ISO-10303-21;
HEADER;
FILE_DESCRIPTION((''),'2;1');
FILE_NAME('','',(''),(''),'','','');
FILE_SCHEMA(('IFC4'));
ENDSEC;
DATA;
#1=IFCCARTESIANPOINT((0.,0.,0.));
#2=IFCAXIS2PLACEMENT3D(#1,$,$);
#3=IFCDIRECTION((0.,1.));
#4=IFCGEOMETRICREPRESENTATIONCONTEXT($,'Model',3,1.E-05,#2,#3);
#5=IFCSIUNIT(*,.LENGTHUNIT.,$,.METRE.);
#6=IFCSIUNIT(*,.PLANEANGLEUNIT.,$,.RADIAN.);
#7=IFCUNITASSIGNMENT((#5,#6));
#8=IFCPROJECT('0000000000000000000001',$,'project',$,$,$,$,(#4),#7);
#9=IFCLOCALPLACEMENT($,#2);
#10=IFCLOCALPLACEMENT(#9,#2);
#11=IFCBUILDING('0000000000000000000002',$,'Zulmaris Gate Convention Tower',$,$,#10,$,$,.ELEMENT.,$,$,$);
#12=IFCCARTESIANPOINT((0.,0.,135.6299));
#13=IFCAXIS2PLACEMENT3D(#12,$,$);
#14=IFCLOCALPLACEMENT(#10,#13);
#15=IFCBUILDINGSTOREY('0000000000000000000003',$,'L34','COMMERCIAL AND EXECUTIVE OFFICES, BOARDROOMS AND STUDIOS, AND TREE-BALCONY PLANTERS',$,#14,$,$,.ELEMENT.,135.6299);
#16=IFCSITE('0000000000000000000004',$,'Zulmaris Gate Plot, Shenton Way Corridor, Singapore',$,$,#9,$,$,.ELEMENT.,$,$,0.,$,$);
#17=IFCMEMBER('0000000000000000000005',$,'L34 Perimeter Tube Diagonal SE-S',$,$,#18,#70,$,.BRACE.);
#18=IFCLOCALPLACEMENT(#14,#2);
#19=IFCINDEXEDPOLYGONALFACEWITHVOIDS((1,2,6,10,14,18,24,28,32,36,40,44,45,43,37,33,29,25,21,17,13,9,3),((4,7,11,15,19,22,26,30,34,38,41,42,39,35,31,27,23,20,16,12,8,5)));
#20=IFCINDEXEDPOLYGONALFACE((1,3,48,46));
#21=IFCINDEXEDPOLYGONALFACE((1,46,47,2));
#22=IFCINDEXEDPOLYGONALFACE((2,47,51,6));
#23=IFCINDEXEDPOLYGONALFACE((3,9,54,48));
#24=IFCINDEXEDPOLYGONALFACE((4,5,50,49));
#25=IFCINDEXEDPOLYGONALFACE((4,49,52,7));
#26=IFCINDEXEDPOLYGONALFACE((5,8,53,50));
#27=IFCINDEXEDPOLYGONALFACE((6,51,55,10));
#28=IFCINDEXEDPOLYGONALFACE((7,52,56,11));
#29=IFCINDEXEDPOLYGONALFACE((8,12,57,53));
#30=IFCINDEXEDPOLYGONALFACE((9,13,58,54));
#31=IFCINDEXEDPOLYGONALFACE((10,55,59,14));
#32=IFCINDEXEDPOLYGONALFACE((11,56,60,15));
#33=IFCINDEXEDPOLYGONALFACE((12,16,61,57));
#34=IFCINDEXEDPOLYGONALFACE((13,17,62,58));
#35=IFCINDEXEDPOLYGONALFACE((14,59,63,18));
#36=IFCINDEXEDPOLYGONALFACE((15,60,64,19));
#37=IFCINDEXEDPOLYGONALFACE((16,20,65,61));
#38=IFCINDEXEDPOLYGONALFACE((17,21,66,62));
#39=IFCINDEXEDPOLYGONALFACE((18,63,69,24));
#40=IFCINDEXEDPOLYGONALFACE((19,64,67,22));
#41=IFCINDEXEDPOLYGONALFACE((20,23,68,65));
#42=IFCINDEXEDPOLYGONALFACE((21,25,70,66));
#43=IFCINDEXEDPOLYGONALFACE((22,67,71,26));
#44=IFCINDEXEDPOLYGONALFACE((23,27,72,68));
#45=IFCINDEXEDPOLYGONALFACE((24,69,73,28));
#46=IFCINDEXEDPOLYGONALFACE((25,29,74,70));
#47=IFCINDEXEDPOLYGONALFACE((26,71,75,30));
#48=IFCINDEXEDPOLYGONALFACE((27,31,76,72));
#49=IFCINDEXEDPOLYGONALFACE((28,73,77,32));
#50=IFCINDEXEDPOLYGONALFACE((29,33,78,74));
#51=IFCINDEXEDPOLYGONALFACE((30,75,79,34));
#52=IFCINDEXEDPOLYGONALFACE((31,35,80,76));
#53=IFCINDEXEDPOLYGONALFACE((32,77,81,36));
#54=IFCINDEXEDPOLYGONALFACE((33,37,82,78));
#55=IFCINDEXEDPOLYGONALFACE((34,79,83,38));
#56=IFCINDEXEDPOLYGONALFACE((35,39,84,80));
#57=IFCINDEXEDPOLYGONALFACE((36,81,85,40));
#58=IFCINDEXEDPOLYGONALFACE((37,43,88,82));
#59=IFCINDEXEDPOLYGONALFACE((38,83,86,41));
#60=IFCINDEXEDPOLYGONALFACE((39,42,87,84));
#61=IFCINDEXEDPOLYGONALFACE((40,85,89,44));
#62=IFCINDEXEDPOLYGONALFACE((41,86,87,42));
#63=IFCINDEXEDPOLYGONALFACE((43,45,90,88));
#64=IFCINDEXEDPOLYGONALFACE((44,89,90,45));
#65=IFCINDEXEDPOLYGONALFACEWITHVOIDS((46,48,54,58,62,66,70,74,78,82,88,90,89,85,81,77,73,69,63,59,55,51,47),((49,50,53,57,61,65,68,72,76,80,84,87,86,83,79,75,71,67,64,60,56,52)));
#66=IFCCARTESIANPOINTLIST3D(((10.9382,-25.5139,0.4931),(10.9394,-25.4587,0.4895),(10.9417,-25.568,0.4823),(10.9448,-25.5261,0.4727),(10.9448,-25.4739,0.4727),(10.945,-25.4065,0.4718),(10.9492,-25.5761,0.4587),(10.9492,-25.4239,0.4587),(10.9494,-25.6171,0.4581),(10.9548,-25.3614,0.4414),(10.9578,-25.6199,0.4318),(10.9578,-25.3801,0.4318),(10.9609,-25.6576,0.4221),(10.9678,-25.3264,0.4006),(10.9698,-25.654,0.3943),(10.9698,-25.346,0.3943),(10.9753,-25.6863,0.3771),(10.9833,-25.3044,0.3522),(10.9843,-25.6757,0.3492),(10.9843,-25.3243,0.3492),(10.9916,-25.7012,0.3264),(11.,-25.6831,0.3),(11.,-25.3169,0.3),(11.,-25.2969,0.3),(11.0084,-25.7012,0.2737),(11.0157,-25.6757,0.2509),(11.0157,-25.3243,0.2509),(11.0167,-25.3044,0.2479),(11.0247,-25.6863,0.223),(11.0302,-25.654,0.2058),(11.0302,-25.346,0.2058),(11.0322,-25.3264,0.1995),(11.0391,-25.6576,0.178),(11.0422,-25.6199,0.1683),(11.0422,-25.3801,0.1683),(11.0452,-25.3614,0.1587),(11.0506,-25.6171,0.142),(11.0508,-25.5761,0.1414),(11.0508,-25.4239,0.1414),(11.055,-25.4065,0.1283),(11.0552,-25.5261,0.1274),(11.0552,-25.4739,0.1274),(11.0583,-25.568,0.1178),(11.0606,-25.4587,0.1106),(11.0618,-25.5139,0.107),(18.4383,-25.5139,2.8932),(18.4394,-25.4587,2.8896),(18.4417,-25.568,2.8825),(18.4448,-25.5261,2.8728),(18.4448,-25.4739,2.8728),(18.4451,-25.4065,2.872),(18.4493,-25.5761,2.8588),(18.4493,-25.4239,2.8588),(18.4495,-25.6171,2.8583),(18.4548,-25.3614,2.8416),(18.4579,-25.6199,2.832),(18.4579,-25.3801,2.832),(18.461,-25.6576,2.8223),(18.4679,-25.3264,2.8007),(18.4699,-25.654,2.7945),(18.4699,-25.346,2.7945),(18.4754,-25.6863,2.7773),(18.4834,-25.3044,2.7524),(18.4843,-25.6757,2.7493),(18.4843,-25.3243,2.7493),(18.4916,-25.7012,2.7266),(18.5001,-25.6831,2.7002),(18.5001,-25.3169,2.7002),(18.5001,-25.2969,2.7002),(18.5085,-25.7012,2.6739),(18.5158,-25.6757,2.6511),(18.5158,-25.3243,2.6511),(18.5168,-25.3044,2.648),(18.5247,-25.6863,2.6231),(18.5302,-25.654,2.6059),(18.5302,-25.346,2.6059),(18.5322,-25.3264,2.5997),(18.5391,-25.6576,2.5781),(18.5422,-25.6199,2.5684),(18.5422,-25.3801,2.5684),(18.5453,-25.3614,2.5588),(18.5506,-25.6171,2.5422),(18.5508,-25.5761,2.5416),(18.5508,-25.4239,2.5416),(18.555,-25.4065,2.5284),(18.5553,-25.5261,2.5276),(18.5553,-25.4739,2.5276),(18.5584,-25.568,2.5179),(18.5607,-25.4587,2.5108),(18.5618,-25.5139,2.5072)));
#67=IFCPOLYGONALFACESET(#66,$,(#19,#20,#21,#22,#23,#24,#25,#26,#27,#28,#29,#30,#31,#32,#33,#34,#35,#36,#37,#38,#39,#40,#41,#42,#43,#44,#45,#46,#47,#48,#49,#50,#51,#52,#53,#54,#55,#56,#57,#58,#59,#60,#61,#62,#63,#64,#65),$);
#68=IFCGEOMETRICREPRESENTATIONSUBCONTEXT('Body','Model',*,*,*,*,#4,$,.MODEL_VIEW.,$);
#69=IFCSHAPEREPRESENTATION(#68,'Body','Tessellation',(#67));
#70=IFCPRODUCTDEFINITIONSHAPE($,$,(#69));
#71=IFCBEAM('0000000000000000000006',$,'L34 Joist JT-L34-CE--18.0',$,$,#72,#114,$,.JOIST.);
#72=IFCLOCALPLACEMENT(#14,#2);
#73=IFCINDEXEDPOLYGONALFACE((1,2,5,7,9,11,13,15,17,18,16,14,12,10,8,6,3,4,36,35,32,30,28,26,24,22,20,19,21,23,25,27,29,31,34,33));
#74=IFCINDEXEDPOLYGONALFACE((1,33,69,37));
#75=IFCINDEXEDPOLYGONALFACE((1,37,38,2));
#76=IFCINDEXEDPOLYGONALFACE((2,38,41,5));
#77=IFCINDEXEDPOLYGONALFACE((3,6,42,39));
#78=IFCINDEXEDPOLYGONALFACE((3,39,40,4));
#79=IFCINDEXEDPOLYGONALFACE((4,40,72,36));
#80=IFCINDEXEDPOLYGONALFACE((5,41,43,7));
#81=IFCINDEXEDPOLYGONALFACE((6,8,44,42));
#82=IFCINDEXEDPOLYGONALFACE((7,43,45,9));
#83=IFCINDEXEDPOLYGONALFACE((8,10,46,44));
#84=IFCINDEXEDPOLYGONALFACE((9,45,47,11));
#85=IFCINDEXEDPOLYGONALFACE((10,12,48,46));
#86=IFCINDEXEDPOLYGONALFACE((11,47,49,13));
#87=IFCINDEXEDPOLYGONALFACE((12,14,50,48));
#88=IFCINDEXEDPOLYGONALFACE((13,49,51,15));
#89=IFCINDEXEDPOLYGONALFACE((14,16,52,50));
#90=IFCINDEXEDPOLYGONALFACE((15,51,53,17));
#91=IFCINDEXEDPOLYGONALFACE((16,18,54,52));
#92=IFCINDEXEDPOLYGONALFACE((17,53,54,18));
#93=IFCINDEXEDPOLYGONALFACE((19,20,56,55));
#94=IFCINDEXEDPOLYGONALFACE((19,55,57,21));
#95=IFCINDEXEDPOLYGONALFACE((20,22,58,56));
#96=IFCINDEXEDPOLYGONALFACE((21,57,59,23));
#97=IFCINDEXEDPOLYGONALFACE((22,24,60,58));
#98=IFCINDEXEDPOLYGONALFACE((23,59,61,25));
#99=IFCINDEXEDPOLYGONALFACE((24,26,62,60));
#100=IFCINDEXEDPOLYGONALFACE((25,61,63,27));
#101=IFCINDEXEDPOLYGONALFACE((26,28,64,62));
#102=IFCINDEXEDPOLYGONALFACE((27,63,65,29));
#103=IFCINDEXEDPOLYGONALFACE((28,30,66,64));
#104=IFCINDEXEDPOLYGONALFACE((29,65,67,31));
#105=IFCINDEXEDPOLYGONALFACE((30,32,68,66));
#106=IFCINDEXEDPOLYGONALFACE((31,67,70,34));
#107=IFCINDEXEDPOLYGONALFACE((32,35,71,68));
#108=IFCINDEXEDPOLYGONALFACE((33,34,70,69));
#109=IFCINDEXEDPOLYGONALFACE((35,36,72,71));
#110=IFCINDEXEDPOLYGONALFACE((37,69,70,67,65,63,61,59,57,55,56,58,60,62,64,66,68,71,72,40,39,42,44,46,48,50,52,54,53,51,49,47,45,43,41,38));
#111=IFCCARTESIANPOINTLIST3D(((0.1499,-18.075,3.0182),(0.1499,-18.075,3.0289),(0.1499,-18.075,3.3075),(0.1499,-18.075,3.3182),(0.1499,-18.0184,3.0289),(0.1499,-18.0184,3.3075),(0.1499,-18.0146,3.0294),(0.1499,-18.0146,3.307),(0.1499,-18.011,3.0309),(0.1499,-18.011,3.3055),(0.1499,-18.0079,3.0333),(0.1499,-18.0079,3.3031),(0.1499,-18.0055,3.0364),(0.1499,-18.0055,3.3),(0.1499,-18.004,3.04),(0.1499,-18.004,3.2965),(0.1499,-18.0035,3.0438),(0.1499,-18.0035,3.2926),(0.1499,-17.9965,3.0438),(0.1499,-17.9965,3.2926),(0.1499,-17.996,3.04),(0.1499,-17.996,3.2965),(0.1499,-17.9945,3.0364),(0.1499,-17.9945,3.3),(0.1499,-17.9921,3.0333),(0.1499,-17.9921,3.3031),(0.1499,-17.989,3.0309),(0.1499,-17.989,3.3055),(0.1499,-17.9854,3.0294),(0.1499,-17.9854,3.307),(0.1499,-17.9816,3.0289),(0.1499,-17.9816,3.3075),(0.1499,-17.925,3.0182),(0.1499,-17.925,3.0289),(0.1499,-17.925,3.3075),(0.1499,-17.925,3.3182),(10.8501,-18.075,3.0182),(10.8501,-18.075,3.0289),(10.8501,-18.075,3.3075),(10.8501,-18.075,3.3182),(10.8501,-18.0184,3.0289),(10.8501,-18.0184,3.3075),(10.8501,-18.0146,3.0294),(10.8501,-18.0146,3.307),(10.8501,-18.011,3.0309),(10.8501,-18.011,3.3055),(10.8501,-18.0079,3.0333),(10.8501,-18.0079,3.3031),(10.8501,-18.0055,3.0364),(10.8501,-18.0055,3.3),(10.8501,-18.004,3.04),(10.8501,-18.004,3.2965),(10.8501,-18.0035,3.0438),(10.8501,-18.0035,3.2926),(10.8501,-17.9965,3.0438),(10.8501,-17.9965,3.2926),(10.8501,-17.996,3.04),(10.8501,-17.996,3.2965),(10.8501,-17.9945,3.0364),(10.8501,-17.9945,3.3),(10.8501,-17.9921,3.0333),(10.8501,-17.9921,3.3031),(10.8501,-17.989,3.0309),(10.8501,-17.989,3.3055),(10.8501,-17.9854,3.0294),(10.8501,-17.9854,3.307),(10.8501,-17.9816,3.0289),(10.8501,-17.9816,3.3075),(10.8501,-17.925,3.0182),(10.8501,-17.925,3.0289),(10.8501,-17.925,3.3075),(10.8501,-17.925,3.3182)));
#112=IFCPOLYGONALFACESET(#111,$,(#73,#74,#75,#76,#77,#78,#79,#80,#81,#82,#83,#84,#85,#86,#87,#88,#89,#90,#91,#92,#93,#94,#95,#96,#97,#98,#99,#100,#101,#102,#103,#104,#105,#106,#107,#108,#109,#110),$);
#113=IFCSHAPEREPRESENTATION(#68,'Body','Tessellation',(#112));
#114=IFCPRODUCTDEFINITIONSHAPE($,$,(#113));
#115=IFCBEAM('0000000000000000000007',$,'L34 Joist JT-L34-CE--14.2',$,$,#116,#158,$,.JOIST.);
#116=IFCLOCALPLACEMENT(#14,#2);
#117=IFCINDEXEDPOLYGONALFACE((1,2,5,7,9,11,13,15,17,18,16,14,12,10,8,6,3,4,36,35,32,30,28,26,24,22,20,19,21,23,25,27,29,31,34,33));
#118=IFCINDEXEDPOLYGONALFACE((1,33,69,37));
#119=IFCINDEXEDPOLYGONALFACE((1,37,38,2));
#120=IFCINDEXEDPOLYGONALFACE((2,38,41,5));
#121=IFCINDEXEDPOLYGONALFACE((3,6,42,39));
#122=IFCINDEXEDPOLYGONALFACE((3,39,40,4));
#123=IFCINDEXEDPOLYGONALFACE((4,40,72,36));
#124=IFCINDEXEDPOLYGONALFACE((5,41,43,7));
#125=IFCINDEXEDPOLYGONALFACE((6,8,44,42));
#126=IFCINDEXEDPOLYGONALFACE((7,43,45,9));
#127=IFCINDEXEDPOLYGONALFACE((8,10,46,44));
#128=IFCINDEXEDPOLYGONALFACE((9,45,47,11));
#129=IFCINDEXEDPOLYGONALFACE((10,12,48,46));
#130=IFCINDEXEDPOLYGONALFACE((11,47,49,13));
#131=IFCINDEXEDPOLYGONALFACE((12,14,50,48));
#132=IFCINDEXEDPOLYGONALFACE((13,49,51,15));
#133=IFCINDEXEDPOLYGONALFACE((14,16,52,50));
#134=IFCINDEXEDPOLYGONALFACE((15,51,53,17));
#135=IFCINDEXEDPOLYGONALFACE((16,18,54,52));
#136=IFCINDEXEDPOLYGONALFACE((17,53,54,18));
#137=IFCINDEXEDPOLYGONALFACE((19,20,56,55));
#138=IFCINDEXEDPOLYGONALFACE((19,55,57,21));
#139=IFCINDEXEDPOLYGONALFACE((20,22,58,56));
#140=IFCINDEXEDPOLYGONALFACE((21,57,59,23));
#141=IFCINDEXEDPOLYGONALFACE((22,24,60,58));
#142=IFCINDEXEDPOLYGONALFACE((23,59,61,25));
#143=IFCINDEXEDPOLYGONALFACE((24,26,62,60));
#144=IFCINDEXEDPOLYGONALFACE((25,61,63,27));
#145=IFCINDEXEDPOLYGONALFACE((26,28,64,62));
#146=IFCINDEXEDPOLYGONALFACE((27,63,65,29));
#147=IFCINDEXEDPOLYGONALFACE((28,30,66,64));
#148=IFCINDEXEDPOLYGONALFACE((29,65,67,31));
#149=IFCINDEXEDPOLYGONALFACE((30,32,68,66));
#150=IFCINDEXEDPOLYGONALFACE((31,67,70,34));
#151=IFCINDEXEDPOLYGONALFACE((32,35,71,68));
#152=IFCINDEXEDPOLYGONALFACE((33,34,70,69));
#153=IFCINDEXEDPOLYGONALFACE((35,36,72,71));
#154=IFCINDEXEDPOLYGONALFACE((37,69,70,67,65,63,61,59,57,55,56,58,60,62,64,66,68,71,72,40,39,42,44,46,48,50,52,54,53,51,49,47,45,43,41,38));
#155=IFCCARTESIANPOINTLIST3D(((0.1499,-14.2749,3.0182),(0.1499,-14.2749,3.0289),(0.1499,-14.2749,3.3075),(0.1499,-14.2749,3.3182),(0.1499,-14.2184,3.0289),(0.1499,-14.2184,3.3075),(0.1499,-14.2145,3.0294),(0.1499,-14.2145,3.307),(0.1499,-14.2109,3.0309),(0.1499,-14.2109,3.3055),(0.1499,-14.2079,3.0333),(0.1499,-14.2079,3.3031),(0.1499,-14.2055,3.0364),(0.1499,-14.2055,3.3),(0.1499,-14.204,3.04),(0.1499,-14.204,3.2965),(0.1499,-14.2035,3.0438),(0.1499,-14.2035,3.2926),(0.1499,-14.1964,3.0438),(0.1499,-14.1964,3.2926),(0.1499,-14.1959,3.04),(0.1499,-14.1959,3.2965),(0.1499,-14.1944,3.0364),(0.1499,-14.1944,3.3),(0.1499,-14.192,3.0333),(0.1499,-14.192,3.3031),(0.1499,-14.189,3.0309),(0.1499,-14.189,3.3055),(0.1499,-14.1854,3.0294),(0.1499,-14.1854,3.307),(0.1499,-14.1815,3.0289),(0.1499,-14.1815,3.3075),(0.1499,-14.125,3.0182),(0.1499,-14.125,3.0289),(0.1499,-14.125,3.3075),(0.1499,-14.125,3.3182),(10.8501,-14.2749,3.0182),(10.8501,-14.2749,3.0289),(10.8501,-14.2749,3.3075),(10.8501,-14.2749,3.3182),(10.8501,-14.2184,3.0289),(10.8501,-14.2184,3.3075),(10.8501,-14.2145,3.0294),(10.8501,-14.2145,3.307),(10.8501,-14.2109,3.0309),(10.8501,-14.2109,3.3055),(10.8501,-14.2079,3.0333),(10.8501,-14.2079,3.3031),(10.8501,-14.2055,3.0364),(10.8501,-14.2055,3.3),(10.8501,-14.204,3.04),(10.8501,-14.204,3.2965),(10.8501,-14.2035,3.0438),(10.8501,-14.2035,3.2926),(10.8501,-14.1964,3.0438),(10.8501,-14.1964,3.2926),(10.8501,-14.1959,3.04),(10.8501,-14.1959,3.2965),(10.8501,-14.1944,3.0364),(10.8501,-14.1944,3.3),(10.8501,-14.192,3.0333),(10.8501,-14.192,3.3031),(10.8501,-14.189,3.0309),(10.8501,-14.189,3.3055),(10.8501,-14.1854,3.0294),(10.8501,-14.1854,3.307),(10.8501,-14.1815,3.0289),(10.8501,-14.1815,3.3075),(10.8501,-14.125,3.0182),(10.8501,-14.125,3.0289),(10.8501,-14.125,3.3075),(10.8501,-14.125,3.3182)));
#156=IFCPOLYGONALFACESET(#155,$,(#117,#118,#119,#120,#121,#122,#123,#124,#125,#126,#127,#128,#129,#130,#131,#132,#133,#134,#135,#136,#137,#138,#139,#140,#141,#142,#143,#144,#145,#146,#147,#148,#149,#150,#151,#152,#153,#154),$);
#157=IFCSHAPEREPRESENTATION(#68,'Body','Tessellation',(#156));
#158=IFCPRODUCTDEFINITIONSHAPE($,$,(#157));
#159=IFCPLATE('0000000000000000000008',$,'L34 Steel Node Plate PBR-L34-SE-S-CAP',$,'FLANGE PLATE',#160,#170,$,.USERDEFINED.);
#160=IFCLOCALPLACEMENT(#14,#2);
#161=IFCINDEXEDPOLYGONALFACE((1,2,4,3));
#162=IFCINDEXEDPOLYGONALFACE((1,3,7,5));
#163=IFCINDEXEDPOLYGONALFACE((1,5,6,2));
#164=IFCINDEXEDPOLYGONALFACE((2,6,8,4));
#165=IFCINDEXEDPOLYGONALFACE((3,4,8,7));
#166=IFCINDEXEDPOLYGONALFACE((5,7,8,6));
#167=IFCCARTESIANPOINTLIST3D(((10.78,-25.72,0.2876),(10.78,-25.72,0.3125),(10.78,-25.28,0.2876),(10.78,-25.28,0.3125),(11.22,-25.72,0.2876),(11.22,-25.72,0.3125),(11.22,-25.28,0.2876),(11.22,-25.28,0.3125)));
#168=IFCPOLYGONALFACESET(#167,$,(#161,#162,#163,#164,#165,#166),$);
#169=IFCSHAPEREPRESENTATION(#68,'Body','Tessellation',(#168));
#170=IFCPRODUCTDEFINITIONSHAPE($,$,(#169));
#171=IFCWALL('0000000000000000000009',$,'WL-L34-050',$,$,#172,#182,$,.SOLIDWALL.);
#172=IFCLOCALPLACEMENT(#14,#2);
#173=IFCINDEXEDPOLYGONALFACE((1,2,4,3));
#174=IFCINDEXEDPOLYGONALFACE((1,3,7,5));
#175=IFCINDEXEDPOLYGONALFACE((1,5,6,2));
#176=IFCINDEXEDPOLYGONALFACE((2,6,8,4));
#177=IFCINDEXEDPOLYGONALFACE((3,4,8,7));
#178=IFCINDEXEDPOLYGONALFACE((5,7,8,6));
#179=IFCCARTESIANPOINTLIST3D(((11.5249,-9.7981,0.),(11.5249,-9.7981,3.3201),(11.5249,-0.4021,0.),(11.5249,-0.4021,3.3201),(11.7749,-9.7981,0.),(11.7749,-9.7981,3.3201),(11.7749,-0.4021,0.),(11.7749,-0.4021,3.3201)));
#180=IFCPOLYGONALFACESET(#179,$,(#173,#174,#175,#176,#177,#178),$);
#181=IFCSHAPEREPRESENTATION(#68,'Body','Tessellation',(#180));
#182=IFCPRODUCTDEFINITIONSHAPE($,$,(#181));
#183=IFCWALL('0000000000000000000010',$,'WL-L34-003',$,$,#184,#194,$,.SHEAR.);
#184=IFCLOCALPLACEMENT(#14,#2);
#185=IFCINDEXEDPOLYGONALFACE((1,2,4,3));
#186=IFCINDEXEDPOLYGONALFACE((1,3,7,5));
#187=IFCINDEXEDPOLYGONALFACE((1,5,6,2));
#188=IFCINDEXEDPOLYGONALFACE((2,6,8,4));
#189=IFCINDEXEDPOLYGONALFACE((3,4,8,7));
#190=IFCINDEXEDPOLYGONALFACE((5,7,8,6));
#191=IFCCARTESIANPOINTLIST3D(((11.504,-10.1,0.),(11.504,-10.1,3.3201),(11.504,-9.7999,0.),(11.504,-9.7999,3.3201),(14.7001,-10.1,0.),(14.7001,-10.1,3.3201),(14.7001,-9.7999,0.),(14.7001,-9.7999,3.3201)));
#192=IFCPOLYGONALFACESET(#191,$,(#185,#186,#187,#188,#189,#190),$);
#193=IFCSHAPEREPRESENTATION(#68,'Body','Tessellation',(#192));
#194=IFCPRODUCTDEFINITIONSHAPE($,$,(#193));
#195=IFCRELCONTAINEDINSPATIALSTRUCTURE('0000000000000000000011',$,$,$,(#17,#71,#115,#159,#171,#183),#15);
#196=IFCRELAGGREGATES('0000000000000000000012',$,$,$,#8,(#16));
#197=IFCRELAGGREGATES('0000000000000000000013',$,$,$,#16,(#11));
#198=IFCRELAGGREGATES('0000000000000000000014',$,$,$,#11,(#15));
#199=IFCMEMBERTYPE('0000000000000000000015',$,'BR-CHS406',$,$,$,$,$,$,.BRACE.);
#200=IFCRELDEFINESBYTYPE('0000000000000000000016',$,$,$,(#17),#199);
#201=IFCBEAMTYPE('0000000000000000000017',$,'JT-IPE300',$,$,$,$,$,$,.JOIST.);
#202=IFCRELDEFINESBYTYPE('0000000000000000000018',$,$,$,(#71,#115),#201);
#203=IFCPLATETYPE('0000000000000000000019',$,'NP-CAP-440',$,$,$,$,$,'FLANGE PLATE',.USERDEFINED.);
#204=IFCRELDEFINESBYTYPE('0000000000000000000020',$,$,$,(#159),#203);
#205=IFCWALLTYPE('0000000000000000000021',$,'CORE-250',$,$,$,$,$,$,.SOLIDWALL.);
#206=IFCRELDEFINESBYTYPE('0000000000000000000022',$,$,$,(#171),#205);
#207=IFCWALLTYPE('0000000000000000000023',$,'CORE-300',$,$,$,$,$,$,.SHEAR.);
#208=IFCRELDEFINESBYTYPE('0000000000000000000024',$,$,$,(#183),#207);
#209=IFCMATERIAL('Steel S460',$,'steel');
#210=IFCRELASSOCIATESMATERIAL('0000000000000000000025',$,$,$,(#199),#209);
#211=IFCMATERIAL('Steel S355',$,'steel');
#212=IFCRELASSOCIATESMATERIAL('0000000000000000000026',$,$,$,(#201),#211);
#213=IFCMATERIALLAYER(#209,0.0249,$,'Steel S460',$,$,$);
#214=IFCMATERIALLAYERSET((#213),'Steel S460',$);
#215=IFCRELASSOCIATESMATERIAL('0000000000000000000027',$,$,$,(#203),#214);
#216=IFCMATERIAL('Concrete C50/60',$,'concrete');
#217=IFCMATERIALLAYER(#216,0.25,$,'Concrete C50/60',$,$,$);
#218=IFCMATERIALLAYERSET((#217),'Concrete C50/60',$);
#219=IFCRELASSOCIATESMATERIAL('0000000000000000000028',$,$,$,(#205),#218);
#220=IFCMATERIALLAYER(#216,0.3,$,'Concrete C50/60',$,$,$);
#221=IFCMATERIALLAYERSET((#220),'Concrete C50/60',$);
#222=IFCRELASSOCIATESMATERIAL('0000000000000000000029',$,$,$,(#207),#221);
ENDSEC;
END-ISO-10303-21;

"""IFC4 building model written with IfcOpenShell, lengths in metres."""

from ifc_helpers import new_model, si_unit, direction, frame, frame_2d, origin, origin_2d, place, context, subcontext, project, spatial, rectangle, hollow_circle, i_section, extrude, material, layer, layer_set, material_profile, profile_set, type_object, element, save


model = new_model("IFC4")

# Units and contexts
model_context = context("Model", 3, precision=1e-05, world=origin(), true_north=direction((0.0, 1.0)))
body_context = subcontext(model_context, "Body", "Model", "MODEL_VIEW")
ifc_project = project(units=[si_unit("LENGTHUNIT", "METRE"), si_unit("PLANEANGLEUNIT", "RADIAN")], contexts=[model_context])

# Site, building, storey
site_placement = place(None, origin())
site = spatial("IfcSite", under=ifc_project, at=site_placement, Name="Zulmaris Gate Plot, Shenton Way Corridor, Singapore", CompositionType="ELEMENT", RefElevation=0.0)
building_placement = place(site_placement, origin())
building = spatial("IfcBuilding", under=site, at=building_placement, Name="Zulmaris Gate Convention Tower", CompositionType="ELEMENT")
storey_placement = place(building_placement, frame((0.0, 0.0, 135.6299)))
storey = spatial("IfcBuildingStorey", under=building, at=storey_placement, Name="L34", Description="COMMERCIAL AND EXECUTIVE OFFICES, BOARDROOMS AND STUDIOS, AND TREE-BALCONY PLANTERS", CompositionType="ELEMENT", Elevation=135.6299)

# Shared definitions
ifc_material_1 = material(Name="Steel S355", Category="steel")

# Member
ifc_material_2 = material(Name="Steel S460", Category="steel")
ifc_material_profile_1 = material_profile(ifc_material_2, hollow_circle(Radius=0.2031, WallThickness=0.02, at=origin_2d()), Name="CHS 406.4x20")
ifc_profile_set_1 = profile_set([ifc_material_profile_1], Name="Steel S460")
member_type = type_object("IfcMemberType", Name="BR-CHS406", PredefinedType="BRACE", material=ifc_profile_set_1)
member_placement = place(storey_placement, frame((11.0, -25.5, 0.3), z_axis=(0.952419, 0.0, 0.304793), x_axis=(0.0, 1.0, 0.0)))
element("IfcMember", 1, at=member_placement, inside=storey, type_object=member_type, Name="L34 Perimeter Tube Diagonal SE-S", PredefinedType="BRACE", context=body_context, shape_type="SweptSolid", body=[
    extrude(hollow_circle(Radius=0.2031, WallThickness=0.02, at=origin_2d()), origin(), (0.0, 0.0, 1.0), 7.8748),
])

# Beams
ifc_material_profile_2 = material_profile(ifc_material_1, i_section(OverallWidth=0.1499, OverallDepth=0.3, WebThickness=0.0071, FlangeThickness=0.0107, FilletRadius=0.0149, at=origin_2d()), Name="IPE 300")
ifc_profile_set_2 = profile_set([ifc_material_profile_2], Name="Steel S355")
beam_type_1 = type_object("IfcBeamType", Name="JT-IPE300", PredefinedType="JOIST", material=ifc_profile_set_2)
for number, where, z_axis, x_axis, name in (
    (2, (0.1499, -18.0, 3.1682), (1.0, 0.0, 0.0), (0.0, 1.0, 0.0), "L34 Joist JT-L34-CE--18.0"),
    (3, (0.1499, -14.2, 3.1682), (1.0, 0.0, 0.0), (0.0, 1.0, 0.0), "L34 Joist JT-L34-CE--14.2"),
):
    element("IfcBeam", number, at=place(storey_placement, frame(where, z_axis=z_axis, x_axis=x_axis)), inside=storey, type_object=beam_type_1, Name=name, PredefinedType="JOIST", context=body_context, shape_type="SweptSolid", body=[
        extrude(i_section(OverallWidth=0.1499, OverallDepth=0.3, WebThickness=0.0071, FlangeThickness=0.0107, FilletRadius=0.0149, at=origin_2d()), origin(), (0.0, 0.0, 1.0), 10.7002),
    ])

# Plate
ifc_layer_1 = layer(ifc_material_2, 0.0249, Name="Steel S460")
ifc_layer_set_1 = layer_set([ifc_layer_1], Name="Steel S460")
plate_type = type_object("IfcPlateType", Name="NP-CAP-440", ElementType="FLANGE PLATE", PredefinedType="USERDEFINED", material=ifc_layer_set_1)
plate_placement = place(storey_placement, frame((11.0, -25.5, 0.2876), z_axis=(0.0, 0.0, 1.0), x_axis=(1.0, 0.0, 0.0)))
element("IfcPlate", 4, at=plate_placement, inside=storey, type_object=plate_type, Name="L34 Steel Node Plate PBR-L34-SE-S-CAP", ObjectType="FLANGE PLATE", PredefinedType="USERDEFINED", context=body_context, shape_type="SweptSolid", body=[
    extrude(rectangle(XDim=0.4399, YDim=0.4399, at=origin_2d()), origin(), (0.0, 0.0, 1.0), 0.0249),
])

# Walls
ifc_material_3 = material(Name="Concrete C50/60", Category="concrete")
ifc_layer_2 = layer(ifc_material_3, 0.25, Name="Concrete C50/60")
ifc_layer_set_2 = layer_set([ifc_layer_2], Name="Concrete C50/60")
wall_type_1 = type_object("IfcWallType", Name="CORE-250", PredefinedType="SOLIDWALL", material=ifc_layer_set_2)
wall_1_placement = place(storey_placement, frame((11.6499, -9.7981, 0.0), z_axis=(0.0, 0.0, 1.0), x_axis=(0.0, 1.0, 0.0)))
element("IfcWall", 5, at=wall_1_placement, inside=storey, type_object=wall_type_1, Name="WL-L34-050", PredefinedType="SOLIDWALL", context=body_context, shape_type="SweptSolid", body=[
    extrude(rectangle(XDim=9.396, YDim=0.25, at=frame_2d((4.698, 0.0))), origin(), (0.0, 0.0, 1.0), 3.3201),
])
ifc_layer_3 = layer(ifc_material_3, 0.3, Name="Concrete C50/60")
ifc_layer_set_3 = layer_set([ifc_layer_3], Name="Concrete C50/60")
wall_type_2 = type_object("IfcWallType", Name="CORE-300", PredefinedType="SHEAR", material=ifc_layer_set_3)
wall_2_placement = place(storey_placement, frame((11.5039, -9.95, 0.0), z_axis=(0.0, 0.0, 1.0), x_axis=(1.0, 0.0, 0.0)))
element("IfcWall", 6, at=wall_2_placement, inside=storey, type_object=wall_type_2, Name="WL-L34-003", PredefinedType="SHEAR", context=body_context, shape_type="SweptSolid", body=[
    extrude(rectangle(XDim=3.196, YDim=0.3, at=frame_2d((1.5981, 0.0))), origin(), (0.0, 0.0, 1.0), 3.3201),
])

save(model, "model.ifc")
